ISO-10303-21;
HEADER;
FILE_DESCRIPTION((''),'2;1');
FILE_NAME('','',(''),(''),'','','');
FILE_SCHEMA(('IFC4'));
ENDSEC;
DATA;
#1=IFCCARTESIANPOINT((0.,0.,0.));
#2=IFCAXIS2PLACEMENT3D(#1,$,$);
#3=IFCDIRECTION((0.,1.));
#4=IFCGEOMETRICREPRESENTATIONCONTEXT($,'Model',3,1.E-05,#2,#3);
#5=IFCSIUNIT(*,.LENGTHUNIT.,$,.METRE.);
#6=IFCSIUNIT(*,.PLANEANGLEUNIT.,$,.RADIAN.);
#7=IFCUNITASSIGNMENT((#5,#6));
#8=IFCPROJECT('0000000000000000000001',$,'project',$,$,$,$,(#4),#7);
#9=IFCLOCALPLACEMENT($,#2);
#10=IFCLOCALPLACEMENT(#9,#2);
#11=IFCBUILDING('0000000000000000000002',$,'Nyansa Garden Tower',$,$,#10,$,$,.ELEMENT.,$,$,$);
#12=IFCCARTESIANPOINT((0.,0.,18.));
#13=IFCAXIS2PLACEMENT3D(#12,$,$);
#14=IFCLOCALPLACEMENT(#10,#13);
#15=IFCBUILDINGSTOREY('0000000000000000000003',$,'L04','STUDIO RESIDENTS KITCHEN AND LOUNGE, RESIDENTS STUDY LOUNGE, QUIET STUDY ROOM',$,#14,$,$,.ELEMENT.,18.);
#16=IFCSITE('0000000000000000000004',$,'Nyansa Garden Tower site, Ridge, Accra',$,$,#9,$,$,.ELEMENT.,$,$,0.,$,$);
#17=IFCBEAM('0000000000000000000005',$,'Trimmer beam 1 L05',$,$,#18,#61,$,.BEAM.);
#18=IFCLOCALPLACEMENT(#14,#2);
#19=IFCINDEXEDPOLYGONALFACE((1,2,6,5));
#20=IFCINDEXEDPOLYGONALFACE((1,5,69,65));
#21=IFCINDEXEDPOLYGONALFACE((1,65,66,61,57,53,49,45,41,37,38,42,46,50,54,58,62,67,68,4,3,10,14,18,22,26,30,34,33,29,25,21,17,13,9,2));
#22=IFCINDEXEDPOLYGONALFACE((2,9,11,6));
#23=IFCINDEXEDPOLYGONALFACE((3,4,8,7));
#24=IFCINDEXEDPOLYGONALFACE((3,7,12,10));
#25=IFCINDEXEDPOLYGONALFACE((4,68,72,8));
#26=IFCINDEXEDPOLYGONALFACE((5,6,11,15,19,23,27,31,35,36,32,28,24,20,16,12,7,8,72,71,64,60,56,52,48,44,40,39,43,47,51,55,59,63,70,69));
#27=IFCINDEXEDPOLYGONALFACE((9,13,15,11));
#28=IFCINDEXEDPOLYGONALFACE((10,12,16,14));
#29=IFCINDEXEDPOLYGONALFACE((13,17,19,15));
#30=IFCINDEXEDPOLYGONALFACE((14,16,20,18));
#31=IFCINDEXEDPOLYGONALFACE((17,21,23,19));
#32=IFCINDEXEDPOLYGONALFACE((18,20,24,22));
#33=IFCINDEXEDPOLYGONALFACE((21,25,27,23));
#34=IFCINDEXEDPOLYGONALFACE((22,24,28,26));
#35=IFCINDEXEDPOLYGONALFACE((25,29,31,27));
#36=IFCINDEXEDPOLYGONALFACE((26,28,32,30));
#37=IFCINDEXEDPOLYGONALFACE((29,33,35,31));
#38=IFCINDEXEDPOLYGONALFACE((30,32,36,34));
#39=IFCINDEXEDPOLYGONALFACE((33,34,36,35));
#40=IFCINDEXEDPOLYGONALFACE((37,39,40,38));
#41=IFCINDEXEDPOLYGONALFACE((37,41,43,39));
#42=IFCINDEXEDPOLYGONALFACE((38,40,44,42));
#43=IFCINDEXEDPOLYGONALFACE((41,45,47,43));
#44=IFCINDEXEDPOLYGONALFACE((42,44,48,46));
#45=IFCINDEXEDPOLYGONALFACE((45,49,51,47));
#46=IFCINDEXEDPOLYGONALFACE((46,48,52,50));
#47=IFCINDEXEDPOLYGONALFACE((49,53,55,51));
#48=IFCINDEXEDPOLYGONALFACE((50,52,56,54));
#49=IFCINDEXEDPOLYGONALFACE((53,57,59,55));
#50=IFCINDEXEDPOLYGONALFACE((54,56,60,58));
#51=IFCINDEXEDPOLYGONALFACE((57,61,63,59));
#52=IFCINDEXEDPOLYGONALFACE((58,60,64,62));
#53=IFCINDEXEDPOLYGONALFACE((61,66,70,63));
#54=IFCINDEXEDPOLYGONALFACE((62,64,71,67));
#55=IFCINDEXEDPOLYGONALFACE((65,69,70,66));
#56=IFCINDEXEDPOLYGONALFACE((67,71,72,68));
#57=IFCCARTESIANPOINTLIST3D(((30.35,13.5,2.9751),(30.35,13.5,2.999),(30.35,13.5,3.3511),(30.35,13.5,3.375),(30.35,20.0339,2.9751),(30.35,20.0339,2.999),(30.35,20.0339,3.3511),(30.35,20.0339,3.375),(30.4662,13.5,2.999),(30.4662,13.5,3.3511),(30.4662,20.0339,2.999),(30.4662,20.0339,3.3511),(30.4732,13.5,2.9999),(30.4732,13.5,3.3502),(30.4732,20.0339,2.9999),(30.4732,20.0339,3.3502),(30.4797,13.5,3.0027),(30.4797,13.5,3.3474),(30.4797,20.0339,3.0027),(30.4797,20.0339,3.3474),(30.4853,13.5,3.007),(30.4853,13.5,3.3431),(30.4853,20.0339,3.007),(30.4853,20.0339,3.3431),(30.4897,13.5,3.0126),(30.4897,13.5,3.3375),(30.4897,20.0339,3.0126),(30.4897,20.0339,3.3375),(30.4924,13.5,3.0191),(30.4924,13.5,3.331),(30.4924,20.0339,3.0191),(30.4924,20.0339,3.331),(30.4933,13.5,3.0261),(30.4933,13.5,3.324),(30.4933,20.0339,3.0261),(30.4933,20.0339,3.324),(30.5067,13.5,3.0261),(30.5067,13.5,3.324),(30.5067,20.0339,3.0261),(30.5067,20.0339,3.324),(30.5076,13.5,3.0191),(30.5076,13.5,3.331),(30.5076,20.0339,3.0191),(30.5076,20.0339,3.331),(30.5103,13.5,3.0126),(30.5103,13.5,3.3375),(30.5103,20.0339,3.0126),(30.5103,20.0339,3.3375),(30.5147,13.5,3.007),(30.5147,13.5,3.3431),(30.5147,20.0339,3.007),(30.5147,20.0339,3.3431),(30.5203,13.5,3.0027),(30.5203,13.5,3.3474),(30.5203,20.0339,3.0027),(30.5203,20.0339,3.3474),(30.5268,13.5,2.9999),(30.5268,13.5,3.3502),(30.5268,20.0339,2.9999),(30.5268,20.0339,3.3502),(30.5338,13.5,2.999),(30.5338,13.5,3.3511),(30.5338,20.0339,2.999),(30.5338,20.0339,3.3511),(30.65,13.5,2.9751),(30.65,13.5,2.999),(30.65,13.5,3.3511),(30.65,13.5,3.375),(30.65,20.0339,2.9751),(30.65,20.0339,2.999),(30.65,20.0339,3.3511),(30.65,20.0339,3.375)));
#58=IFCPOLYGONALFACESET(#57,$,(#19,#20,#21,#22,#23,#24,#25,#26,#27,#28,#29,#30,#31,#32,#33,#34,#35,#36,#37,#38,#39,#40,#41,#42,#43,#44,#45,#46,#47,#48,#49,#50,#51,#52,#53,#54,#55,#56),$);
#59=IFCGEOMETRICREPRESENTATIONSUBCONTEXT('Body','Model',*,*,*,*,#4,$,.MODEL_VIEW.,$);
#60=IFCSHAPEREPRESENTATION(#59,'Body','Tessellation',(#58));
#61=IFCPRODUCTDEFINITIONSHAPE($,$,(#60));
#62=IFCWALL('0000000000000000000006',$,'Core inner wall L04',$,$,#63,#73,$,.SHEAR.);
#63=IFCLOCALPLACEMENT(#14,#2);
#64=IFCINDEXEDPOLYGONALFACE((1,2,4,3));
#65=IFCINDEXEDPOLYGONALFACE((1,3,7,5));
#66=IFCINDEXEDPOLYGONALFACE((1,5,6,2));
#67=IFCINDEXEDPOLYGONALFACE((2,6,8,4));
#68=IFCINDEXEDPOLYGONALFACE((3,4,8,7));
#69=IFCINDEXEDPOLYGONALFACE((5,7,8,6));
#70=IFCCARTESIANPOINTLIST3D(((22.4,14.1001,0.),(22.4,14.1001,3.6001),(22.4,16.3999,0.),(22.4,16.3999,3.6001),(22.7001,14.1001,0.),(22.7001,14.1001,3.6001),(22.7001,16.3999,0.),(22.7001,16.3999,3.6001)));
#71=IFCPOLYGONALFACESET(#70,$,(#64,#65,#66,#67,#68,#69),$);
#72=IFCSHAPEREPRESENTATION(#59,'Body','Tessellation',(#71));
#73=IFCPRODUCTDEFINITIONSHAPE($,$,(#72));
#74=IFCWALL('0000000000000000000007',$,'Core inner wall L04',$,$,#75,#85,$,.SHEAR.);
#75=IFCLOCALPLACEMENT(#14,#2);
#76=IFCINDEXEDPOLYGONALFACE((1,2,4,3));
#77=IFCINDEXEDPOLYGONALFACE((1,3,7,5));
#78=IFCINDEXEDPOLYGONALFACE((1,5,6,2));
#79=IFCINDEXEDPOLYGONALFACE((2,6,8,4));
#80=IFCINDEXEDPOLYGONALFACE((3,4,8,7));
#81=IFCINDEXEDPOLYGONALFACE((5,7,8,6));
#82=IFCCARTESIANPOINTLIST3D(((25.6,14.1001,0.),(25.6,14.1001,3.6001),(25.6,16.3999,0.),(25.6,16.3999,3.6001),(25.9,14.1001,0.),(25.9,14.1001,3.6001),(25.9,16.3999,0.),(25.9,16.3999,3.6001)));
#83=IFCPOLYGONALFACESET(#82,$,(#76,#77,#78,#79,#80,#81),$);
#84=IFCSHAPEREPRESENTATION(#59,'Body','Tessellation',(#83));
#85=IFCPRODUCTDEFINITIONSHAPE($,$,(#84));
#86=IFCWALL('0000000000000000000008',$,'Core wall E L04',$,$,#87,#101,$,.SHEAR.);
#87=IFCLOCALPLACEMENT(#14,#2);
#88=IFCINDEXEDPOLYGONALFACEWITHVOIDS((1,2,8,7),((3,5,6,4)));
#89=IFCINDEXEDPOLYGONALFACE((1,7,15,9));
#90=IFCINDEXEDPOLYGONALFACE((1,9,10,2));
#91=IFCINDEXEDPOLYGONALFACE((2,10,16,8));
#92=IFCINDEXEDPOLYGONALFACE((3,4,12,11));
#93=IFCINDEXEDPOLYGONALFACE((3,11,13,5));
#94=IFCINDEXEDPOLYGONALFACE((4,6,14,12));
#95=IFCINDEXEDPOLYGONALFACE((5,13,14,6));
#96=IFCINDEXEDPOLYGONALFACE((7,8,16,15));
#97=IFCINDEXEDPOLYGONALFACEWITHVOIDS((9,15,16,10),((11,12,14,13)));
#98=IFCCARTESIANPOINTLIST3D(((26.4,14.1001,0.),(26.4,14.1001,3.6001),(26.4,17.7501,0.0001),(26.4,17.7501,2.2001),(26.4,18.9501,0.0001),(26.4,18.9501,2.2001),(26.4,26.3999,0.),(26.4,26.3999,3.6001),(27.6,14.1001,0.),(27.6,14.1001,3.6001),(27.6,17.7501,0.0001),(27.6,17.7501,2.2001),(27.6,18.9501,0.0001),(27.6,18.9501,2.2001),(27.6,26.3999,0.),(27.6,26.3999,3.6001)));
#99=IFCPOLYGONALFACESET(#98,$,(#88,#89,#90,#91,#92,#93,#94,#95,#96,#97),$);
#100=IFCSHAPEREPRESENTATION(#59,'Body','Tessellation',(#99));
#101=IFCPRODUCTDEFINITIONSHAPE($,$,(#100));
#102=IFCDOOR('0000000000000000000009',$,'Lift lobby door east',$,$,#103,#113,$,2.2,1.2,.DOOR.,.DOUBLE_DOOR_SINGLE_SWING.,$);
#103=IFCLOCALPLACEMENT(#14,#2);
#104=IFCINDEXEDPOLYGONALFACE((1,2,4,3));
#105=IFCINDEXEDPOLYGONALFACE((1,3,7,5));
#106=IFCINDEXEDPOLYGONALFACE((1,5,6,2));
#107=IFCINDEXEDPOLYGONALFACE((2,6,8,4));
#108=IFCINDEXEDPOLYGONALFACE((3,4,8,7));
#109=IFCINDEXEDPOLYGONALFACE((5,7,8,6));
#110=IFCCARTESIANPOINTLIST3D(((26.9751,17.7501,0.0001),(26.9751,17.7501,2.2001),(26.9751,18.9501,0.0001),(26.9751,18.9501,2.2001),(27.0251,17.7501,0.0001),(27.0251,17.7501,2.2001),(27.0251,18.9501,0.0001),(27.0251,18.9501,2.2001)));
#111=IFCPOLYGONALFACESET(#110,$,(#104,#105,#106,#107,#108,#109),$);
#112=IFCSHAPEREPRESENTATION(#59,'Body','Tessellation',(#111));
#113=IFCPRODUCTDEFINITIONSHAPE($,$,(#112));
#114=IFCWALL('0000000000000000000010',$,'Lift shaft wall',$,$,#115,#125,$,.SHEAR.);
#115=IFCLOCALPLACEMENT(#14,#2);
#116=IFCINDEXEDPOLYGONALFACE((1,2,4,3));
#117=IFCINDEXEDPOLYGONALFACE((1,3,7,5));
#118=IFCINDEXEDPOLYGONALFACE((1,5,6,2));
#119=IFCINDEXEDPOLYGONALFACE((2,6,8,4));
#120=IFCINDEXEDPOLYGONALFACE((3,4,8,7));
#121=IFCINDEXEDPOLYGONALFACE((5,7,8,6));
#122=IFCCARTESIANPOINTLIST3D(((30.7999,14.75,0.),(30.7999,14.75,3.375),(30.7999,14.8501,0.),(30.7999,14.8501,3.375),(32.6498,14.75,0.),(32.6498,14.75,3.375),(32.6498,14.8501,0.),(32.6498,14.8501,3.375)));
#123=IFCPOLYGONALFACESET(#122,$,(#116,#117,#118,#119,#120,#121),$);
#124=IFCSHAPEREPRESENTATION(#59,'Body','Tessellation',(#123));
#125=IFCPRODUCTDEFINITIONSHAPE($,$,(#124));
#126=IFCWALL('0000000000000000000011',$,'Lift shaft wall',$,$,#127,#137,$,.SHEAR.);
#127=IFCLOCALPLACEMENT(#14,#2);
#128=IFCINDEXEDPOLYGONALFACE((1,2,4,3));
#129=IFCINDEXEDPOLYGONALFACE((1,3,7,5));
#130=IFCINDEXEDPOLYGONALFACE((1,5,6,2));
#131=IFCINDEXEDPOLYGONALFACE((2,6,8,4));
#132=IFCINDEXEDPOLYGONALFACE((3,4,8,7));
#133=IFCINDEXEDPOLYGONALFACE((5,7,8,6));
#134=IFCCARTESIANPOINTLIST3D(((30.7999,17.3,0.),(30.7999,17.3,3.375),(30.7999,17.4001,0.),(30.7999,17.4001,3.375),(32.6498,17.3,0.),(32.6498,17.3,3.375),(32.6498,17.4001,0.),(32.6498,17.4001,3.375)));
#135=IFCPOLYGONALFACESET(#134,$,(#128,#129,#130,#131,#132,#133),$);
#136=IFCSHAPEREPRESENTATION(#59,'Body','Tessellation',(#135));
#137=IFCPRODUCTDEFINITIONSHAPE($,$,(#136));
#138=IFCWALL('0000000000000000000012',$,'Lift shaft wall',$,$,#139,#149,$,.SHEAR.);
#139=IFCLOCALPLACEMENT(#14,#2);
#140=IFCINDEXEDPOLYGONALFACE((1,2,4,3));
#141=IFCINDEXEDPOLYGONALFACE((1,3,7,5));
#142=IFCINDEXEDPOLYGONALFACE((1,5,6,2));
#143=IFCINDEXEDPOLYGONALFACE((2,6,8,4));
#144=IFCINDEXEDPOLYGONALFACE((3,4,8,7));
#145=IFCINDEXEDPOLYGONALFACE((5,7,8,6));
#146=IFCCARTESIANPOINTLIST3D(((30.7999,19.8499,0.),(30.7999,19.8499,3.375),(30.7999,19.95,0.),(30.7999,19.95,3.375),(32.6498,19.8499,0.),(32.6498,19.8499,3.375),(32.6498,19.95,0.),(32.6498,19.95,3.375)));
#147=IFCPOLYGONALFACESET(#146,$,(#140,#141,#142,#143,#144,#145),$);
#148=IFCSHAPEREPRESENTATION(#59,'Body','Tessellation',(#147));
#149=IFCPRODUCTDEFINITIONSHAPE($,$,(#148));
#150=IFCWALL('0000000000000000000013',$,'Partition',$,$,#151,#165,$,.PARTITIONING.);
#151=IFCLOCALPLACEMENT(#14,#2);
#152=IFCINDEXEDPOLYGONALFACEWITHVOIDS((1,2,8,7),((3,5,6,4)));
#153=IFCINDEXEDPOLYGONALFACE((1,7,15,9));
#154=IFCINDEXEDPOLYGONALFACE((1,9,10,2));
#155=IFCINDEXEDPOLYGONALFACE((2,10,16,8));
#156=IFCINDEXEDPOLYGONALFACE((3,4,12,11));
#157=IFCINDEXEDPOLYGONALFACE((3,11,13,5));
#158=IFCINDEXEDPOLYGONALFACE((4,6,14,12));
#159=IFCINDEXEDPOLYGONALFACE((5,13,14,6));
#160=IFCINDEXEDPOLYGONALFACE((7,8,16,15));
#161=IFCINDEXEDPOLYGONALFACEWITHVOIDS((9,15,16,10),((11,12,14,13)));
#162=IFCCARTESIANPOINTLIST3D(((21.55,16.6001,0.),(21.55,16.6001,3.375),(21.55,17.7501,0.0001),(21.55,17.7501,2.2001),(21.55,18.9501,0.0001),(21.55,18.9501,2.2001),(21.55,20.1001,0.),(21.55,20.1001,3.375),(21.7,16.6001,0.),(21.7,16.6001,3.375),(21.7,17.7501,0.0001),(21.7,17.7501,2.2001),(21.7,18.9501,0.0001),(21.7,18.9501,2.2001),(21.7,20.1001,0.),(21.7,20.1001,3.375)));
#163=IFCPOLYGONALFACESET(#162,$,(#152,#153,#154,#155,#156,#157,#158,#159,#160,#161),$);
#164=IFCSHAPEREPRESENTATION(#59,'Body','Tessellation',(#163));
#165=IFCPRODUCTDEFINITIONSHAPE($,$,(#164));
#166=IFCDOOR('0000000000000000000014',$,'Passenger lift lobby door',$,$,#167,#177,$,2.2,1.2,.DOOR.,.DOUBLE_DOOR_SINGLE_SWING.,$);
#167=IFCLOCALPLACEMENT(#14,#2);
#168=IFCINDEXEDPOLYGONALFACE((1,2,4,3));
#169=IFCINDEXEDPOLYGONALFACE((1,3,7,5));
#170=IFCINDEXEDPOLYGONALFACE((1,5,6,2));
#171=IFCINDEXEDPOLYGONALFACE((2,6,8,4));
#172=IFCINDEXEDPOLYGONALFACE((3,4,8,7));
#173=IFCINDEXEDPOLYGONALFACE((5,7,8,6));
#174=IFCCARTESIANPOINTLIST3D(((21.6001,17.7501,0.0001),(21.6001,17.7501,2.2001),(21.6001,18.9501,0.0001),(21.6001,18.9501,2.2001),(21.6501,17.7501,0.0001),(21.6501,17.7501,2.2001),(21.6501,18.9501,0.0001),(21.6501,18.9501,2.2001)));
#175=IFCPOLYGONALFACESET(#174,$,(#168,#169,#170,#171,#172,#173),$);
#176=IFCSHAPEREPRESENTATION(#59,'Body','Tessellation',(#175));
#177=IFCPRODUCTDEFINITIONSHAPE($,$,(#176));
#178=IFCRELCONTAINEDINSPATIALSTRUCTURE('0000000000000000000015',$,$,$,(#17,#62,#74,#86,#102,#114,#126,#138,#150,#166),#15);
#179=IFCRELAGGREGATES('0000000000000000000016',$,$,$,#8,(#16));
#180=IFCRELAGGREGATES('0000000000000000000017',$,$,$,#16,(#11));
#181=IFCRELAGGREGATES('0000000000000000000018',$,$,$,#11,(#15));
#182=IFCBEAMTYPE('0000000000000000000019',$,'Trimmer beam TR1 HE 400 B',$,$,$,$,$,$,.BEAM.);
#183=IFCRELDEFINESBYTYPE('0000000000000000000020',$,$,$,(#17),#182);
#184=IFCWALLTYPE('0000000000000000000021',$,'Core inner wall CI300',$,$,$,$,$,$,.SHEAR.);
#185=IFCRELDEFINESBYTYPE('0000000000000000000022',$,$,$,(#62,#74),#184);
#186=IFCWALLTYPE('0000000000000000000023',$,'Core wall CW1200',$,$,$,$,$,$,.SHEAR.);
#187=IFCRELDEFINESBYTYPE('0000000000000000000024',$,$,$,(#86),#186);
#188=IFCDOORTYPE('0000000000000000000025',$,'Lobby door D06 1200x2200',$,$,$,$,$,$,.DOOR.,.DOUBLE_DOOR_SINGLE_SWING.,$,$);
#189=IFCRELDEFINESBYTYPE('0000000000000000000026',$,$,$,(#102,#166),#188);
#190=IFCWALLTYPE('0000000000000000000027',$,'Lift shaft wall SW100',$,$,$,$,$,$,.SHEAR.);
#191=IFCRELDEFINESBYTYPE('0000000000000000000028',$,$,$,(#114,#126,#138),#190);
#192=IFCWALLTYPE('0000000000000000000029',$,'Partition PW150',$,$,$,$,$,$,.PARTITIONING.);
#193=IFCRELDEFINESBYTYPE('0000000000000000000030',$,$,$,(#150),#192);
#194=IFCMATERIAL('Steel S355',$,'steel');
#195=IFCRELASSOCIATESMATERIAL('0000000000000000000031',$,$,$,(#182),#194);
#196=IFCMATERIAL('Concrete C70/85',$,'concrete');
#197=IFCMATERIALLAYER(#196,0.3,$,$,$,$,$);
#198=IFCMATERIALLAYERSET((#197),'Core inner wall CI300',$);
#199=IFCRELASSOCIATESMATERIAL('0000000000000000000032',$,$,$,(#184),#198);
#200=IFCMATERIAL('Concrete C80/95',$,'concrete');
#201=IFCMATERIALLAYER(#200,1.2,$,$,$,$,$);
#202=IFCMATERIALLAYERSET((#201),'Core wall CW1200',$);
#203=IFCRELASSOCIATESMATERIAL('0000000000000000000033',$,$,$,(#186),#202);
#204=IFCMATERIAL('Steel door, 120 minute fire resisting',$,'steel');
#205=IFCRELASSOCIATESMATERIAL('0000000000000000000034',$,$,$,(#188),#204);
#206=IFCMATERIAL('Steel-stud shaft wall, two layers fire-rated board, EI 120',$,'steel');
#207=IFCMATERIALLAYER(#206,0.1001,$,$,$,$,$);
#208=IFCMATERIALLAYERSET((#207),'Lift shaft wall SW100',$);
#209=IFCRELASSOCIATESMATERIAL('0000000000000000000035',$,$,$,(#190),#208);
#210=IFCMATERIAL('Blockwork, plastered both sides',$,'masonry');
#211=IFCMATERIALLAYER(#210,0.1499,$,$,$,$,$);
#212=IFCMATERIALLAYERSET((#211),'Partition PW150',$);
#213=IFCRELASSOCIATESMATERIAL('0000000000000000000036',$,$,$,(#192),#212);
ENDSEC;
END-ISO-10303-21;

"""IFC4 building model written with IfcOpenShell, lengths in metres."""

from ifc_helpers import new_model, si_unit, direction, frame, frame_2d, origin, origin_2d, place, context, subcontext, project, spatial, rectangle, i_section, extrude, material, layer, layer_set, material_profile, profile_set, type_object, element, fill, save


model = new_model("IFC4")

# Units and contexts
model_context = context("Model", 3, precision=1e-05, world=origin(), true_north=direction((0.0, 1.0)))
body_context = subcontext(model_context, "Body", "Model", "MODEL_VIEW")
ifc_project = project(units=[si_unit("LENGTHUNIT", "METRE"), si_unit("PLANEANGLEUNIT", "RADIAN")], contexts=[model_context])

# Site, building, storey
site_placement = place(None, origin())
site = spatial("IfcSite", under=ifc_project, at=site_placement, Name="Nyansa Garden Tower site, Ridge, Accra", CompositionType="ELEMENT", RefElevation=0.0)
building_placement = place(site_placement, origin())
building = spatial("IfcBuilding", under=site, at=building_placement, Name="Nyansa Garden Tower", CompositionType="ELEMENT")
storey_placement = place(building_placement, frame((0.0, 0.0, 18.0)))
storey = spatial("IfcBuildingStorey", under=building, at=storey_placement, Name="L04", Description="STUDIO RESIDENTS KITCHEN AND LOUNGE, RESIDENTS STUDY LOUNGE, QUIET STUDY ROOM", CompositionType="ELEMENT", Elevation=18.0)

# Beam
ifc_material_1 = material(Name="Steel S355", Category="steel")
ifc_material_profile_1 = material_profile(ifc_material_1, i_section(OverallWidth=0.3, OverallDepth=0.3999, WebThickness=0.0134, FlangeThickness=0.0239, FilletRadius=0.0271, at=origin_2d()), Name="HE 400 B")
ifc_profile_set_1 = profile_set([ifc_material_profile_1], Name="Steel S355")
beam_type_1 = type_object("IfcBeamType", Name="Trimmer beam TR1 HE 400 B", PredefinedType="BEAM", material=ifc_profile_set_1)
beam_1_placement = place(storey_placement, frame((30.5, 13.5, 3.175), z_axis=(0.0, 1.0, 0.0), x_axis=(-1.0, 0.0, 0.0)))
element("IfcBeam", 1, at=beam_1_placement, inside=storey, type_object=beam_type_1, Name="Trimmer beam 1 L05", PredefinedType="BEAM", context=body_context, shape_type="SweptSolid", body=[
    extrude(i_section(OverallWidth=0.3, OverallDepth=0.3999, WebThickness=0.0134, FlangeThickness=0.0239, FilletRadius=0.0271, at=origin_2d()), origin(), (0.0, 0.0, 1.0), 6.5339),
])

# Walls
ifc_material_2 = material(Name="Concrete C70/85", Category="concrete")
ifc_layer_1 = layer(ifc_material_2, 0.3)
ifc_layer_set_1 = layer_set([ifc_layer_1], Name="Core inner wall CI300")
wall_type_1 = type_object("IfcWallType", Name="Core inner wall CI300", PredefinedType="SHEAR", material=ifc_layer_set_1)
for number, where, z_axis, x_axis, name in (
    (2, (22.55, 14.1001, 0.0), (0.0, 0.0, 1.0), (0.0, 1.0, 0.0), "Core inner wall L04"),
    (3, (25.75, 14.1001, 0.0), (0.0, 0.0, 1.0), (0.0, 1.0, 0.0), "Core inner wall L04"),
):
    element("IfcWall", number, at=place(storey_placement, frame(where, z_axis=z_axis, x_axis=x_axis)), inside=storey, type_object=wall_type_1, Name=name, PredefinedType="SHEAR", context=body_context, shape_type="SweptSolid", body=[
        extrude(rectangle(XDim=2.2998, YDim=0.3, at=frame_2d((1.1499, 0.0))), origin(), (0.0, 0.0, 1.0), 3.6001),
    ])

# Wall, opening, door
ifc_material_3 = material(Name="Concrete C80/95", Category="concrete")
ifc_layer_2 = layer(ifc_material_3, 1.2)
ifc_layer_set_2 = layer_set([ifc_layer_2], Name="Core wall CW1200")
wall_type_2 = type_object("IfcWallType", Name="Core wall CW1200", PredefinedType="SHEAR", material=ifc_layer_set_2)
wall_1_placement = place(storey_placement, frame((27.0, 14.1001, 0.0), z_axis=(0.0, 0.0, 1.0), x_axis=(0.0, 1.0, 0.0)))
wall_1 = element("IfcWall", 4, at=wall_1_placement, inside=storey, type_object=wall_type_2, Name="Core wall E L04", PredefinedType="SHEAR", context=body_context, shape_type="SweptSolid", body=[
    extrude(rectangle(XDim=12.2998, YDim=1.2, at=frame_2d((6.1499, 0.0))), origin(), (0.0, 0.0, 1.0), 3.6001),
])
opening_1_placement = place(wall_1_placement, frame((3.6499, 0.0, 0.0)))
opening_1 = element("IfcOpeningElement", 5, at=opening_1_placement, cuts=wall_1, PredefinedType="OPENING", context=body_context, shape_type="SweptSolid", body=[
    extrude(rectangle(XDim=1.2, YDim=2.2, at=frame_2d((0.6001, 1.1001))), frame((0.0, 0.6099, 0.0), z_axis=(0.0, -1.0, 0.0), x_axis=(1.0, 0.0, 0.0)), (0.0, 0.0, 1.0), 1.22),
])
ifc_material_4 = material(Name="Steel door, 120 minute fire resisting", Category="steel")
door_type_1 = type_object("IfcDoorType", Name="Lobby door D06 1200x2200", OperationType="DOUBLE_DOOR_SINGLE_SWING", PredefinedType="DOOR", material=ifc_material_4)
door_1_placement = place(opening_1_placement, origin())
door_1 = element("IfcDoor", 6, at=door_1_placement, inside=storey, type_object=door_type_1, Name="Lift lobby door east", OperationType="DOUBLE_DOOR_SINGLE_SWING", OverallHeight=2.2, OverallWidth=1.2, PredefinedType="DOOR", context=body_context, shape_type="SweptSolid", body=[
    extrude(rectangle(XDim=1.2, YDim=2.2, at=frame_2d((0.6001, 1.1001))), frame((0.0, 0.0249, 0.0), z_axis=(0.0, -1.0, 0.0), x_axis=(1.0, 0.0, 0.0)), (0.0, 0.0, 1.0), 0.05),
])
fill(opening_1, door_1)

# Walls
ifc_material_5 = material(Name="Steel-stud shaft wall, two layers fire-rated board, EI 120", Category="steel")
ifc_layer_3 = layer(ifc_material_5, 0.1001)
ifc_layer_set_3 = layer_set([ifc_layer_3], Name="Lift shaft wall SW100")
wall_type_3 = type_object("IfcWallType", Name="Lift shaft wall SW100", PredefinedType="SHEAR", material=ifc_layer_set_3)
for number, where, z_axis, x_axis, name in (
    (7, (30.8, 14.8, 0.0), (0.0, 0.0, 1.0), (1.0, 0.0, 0.0), "Lift shaft wall"),
    (8, (30.8, 17.3501, 0.0), (0.0, 0.0, 1.0), (1.0, 0.0, 0.0), "Lift shaft wall"),
    (9, (30.8, 19.8999, 0.0), (0.0, 0.0, 1.0), (1.0, 0.0, 0.0), "Lift shaft wall"),
):
    element("IfcWall", number, at=place(storey_placement, frame(where, z_axis=z_axis, x_axis=x_axis)), inside=storey, type_object=wall_type_3, Name=name, PredefinedType="SHEAR", context=body_context, shape_type="SweptSolid", body=[
        extrude(rectangle(XDim=1.8499, YDim=0.1001, at=frame_2d((0.9248, 0.0))), origin(), (0.0, 0.0, 1.0), 3.375),
    ])

# Wall, opening, door
ifc_material_6 = material(Name="Blockwork, plastered both sides", Category="masonry")
ifc_layer_4 = layer(ifc_material_6, 0.1499)
ifc_layer_set_4 = layer_set([ifc_layer_4], Name="Partition PW150")
wall_type_4 = type_object("IfcWallType", Name="Partition PW150", PredefinedType="PARTITIONING", material=ifc_layer_set_4)
wall_2_placement = place(storey_placement, frame((21.625, 16.6001, 0.0), z_axis=(0.0, 0.0, 1.0), x_axis=(0.0, 1.0, 0.0)))
wall_2 = element("IfcWall", 10, at=wall_2_placement, inside=storey, type_object=wall_type_4, Name="Partition", PredefinedType="PARTITIONING", context=body_context, shape_type="SweptSolid", body=[
    extrude(rectangle(XDim=3.5, YDim=0.1499, at=frame_2d((1.75, 0.0))), origin(), (0.0, 0.0, 1.0), 3.375),
])
opening_2_placement = place(wall_2_placement, frame((1.1499, 0.0, 0.0)))
opening_2 = element("IfcOpeningElement", 11, at=opening_2_placement, cuts=wall_2, PredefinedType="OPENING", context=body_context, shape_type="SweptSolid", body=[
    extrude(rectangle(XDim=1.2, YDim=2.2, at=frame_2d((0.6001, 1.1001))), frame((0.0, 0.085, 0.0), z_axis=(0.0, -1.0, 0.0), x_axis=(1.0, 0.0, 0.0)), (0.0, 0.0, 1.0), 0.1699),
])
door_2_placement = place(opening_2_placement, origin())
door_2 = element("IfcDoor", 12, at=door_2_placement, inside=storey, type_object=door_type_1, Name="Passenger lift lobby door", OperationType="DOUBLE_DOOR_SINGLE_SWING", OverallHeight=2.2, OverallWidth=1.2, PredefinedType="DOOR", context=body_context, shape_type="SweptSolid", body=[
    extrude(rectangle(XDim=1.2, YDim=2.2, at=frame_2d((0.6001, 1.1001))), frame((0.0, 0.0249, 0.0), z_axis=(0.0, -1.0, 0.0), x_axis=(1.0, 0.0, 0.0)), (0.0, 0.0, 1.0), 0.05),
])
fill(opening_2, door_2)

save(model, "model.ifc")
